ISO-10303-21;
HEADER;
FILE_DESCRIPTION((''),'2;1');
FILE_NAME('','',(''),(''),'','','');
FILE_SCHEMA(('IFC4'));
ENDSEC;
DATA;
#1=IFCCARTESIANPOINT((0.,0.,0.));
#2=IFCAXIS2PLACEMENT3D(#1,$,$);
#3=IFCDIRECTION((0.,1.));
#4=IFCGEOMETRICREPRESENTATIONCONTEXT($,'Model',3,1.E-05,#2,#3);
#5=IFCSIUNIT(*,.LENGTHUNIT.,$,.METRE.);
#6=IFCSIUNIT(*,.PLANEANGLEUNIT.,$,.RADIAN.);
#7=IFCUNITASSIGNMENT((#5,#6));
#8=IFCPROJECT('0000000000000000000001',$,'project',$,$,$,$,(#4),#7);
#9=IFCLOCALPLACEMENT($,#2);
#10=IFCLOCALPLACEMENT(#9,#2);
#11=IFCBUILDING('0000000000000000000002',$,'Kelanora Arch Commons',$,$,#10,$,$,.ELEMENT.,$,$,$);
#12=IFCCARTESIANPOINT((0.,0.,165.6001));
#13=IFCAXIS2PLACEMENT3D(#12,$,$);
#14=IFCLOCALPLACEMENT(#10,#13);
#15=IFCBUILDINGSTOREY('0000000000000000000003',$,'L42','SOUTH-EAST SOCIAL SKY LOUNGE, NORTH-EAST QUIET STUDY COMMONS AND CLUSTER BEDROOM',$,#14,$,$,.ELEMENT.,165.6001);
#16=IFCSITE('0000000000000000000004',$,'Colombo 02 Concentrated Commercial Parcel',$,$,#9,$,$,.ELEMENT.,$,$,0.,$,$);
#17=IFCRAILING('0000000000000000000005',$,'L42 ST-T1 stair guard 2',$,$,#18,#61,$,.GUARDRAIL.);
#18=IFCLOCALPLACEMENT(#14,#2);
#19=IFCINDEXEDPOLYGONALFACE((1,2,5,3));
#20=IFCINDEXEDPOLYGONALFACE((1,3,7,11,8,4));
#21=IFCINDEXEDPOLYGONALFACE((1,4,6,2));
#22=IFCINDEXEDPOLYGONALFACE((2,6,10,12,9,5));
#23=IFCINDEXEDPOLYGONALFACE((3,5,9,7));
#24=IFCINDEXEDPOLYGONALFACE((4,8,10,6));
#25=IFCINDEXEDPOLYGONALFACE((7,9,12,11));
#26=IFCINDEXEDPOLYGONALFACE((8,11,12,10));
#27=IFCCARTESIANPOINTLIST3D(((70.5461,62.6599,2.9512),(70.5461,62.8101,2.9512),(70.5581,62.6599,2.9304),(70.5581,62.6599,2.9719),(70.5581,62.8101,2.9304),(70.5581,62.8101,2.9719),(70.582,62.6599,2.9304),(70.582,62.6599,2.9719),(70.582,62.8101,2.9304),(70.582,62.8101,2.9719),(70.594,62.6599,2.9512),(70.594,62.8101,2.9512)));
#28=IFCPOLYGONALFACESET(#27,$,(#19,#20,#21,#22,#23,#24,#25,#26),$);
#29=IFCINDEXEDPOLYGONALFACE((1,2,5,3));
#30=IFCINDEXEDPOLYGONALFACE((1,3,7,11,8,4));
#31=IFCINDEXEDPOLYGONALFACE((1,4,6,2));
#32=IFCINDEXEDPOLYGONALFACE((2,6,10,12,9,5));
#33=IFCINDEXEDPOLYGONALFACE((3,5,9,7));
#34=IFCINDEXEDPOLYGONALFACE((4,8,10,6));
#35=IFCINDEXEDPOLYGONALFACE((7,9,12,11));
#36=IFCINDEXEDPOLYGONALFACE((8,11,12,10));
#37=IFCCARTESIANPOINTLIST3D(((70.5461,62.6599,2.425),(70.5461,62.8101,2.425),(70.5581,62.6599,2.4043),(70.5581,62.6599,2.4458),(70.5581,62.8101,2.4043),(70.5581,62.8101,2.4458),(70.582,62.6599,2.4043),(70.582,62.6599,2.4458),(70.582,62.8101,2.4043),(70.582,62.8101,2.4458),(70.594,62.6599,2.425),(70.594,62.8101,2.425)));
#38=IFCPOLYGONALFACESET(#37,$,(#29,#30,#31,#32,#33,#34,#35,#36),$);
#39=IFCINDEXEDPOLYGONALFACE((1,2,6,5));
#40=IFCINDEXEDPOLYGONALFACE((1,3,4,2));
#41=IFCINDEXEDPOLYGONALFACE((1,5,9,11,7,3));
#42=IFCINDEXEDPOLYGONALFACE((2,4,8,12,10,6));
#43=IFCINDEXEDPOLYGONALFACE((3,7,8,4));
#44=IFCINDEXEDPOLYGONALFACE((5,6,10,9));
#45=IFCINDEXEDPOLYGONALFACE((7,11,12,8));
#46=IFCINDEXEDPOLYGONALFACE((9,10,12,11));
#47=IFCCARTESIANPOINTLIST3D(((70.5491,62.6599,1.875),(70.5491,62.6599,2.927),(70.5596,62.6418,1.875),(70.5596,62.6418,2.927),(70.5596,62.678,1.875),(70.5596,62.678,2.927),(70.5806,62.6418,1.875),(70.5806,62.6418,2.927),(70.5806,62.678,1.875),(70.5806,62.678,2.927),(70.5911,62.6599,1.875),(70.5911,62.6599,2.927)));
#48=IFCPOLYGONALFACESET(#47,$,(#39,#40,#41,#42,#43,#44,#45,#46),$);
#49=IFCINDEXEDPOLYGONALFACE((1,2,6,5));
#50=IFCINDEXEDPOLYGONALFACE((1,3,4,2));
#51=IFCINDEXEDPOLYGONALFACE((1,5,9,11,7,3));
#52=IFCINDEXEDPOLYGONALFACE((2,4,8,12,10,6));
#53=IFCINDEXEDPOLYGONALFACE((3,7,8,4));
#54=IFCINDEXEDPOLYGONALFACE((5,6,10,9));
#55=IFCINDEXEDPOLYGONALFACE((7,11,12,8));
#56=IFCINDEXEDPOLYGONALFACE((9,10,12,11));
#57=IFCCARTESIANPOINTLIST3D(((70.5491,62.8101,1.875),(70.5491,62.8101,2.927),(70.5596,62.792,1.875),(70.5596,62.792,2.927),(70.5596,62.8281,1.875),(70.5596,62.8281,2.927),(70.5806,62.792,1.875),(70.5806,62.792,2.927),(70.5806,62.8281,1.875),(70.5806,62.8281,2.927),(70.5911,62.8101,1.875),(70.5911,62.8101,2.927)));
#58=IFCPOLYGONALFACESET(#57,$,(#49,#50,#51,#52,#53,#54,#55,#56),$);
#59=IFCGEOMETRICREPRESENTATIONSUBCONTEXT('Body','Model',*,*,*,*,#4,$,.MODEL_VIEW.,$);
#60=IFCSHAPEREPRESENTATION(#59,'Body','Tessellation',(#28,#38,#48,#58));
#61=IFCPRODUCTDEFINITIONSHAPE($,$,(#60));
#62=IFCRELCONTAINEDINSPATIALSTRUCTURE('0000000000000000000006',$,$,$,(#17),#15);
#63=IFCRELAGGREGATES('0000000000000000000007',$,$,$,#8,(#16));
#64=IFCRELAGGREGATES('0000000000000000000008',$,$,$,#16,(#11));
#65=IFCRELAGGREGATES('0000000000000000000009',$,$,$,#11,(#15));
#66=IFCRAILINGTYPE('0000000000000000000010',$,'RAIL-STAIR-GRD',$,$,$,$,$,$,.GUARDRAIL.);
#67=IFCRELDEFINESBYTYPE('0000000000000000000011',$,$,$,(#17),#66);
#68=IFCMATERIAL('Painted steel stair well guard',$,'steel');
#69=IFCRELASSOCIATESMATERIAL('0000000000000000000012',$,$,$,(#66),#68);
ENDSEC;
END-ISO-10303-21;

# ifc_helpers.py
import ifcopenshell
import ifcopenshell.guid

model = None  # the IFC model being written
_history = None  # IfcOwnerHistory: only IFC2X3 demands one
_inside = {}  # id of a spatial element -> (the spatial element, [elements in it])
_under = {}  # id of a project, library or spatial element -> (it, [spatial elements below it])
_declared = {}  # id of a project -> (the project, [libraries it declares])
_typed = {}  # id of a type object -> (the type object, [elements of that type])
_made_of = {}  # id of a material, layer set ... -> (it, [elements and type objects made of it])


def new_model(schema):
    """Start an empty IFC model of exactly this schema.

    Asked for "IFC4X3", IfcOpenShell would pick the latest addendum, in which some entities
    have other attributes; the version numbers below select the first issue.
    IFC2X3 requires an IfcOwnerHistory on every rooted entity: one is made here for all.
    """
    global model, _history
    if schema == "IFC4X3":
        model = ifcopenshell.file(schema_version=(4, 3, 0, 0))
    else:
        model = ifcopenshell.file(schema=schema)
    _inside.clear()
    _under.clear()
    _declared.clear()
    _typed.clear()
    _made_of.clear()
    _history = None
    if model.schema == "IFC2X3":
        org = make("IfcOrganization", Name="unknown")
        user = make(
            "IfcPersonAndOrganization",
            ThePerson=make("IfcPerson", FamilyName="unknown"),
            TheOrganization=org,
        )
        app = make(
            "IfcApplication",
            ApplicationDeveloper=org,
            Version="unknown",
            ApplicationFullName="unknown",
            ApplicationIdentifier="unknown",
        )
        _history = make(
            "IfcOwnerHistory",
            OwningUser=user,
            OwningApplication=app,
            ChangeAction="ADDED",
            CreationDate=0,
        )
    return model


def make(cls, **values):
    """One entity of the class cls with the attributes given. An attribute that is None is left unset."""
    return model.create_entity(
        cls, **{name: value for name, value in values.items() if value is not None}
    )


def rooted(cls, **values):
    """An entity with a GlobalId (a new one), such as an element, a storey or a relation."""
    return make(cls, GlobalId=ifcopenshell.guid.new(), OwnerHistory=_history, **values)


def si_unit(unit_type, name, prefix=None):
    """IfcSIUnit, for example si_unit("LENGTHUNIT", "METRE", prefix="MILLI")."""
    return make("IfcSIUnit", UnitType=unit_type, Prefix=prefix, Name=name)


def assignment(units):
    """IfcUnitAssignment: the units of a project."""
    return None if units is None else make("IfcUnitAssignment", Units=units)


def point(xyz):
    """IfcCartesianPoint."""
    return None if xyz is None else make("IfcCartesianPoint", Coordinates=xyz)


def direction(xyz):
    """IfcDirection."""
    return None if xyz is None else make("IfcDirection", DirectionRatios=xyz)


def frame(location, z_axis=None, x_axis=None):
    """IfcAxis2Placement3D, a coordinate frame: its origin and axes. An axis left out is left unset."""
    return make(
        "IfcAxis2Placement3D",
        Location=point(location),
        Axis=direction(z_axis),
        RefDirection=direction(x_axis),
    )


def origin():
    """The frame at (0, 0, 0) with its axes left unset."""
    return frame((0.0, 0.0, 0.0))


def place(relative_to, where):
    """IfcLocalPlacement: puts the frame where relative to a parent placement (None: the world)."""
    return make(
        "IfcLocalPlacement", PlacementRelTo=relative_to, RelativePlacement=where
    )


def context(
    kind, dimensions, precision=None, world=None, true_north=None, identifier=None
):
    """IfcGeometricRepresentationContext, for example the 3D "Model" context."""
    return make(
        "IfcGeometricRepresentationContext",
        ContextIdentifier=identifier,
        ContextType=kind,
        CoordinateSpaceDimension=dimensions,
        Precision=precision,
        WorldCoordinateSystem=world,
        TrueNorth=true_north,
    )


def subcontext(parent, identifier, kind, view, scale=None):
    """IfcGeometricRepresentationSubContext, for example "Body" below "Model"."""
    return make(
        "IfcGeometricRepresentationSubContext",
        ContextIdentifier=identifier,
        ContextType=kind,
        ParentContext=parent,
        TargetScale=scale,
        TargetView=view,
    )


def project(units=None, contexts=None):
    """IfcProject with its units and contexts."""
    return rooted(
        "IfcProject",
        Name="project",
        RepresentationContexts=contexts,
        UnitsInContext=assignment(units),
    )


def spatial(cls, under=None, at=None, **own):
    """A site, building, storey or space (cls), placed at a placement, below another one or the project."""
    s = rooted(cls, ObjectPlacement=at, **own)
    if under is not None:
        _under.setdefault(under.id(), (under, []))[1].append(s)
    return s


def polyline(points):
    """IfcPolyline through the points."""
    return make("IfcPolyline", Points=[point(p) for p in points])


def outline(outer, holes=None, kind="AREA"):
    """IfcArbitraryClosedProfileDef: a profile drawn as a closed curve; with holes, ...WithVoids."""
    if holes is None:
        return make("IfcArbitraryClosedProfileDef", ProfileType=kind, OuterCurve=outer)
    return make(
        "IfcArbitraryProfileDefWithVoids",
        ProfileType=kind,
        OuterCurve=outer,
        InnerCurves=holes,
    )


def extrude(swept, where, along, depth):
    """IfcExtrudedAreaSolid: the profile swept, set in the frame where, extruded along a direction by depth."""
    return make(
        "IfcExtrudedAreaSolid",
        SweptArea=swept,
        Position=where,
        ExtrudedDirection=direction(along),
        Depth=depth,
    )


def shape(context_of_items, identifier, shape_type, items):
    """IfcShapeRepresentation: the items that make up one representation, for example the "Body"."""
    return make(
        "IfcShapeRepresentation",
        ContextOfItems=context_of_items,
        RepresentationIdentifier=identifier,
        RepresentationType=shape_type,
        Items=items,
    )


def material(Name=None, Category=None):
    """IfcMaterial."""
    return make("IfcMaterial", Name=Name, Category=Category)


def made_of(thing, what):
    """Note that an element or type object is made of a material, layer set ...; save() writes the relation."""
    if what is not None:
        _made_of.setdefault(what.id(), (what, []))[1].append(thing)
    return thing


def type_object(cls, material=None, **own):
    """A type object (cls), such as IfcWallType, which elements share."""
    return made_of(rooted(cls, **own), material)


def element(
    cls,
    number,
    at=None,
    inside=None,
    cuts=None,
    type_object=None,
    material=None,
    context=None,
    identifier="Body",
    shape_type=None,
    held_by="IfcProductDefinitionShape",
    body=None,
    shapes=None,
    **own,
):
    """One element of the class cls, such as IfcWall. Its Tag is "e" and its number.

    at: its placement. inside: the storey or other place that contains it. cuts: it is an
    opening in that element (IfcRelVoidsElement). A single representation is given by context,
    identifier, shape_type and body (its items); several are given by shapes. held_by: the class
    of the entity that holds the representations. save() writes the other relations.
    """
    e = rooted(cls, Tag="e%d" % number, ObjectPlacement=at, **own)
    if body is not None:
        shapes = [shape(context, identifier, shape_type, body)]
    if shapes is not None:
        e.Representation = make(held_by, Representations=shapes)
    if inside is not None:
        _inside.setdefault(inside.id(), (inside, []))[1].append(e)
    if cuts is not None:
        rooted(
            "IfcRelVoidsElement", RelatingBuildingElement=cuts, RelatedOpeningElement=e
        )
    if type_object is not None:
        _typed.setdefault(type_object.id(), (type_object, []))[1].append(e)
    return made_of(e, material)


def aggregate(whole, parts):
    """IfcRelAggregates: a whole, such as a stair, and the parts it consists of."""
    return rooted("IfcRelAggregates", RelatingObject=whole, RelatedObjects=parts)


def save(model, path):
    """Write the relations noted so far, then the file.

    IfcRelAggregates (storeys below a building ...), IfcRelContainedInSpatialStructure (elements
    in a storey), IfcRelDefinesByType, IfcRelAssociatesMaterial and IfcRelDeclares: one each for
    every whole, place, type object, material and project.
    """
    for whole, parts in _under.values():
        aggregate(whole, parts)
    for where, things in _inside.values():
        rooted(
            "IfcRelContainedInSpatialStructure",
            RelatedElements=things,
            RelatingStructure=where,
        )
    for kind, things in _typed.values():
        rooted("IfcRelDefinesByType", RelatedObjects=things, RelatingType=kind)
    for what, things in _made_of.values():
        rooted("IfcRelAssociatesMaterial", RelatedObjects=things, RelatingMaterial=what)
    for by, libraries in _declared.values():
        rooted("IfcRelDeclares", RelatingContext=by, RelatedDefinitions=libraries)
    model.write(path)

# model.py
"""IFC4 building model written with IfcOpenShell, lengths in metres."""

from ifc_helpers import new_model, si_unit, direction, frame, origin, place, context, subcontext, project, spatial, polyline, outline, extrude, material, type_object, element, save


model = new_model("IFC4")

# Units and contexts
model_context = context("Model", 3, precision=1e-05, world=origin(), true_north=direction((0.0, 1.0)))
body_context = subcontext(model_context, "Body", "Model", "MODEL_VIEW")
ifc_project = project(units=[si_unit("LENGTHUNIT", "METRE"), si_unit("PLANEANGLEUNIT", "RADIAN")], contexts=[model_context])

# Site, building, storey
site_placement = place(None, origin())
site = spatial("IfcSite", under=ifc_project, at=site_placement, Name="Colombo 02 Concentrated Commercial Parcel", CompositionType="ELEMENT", RefElevation=0.0)
building_placement = place(site_placement, origin())
building = spatial("IfcBuilding", under=site, at=building_placement, Name="Kelanora Arch Commons", CompositionType="ELEMENT")
storey_placement = place(building_placement, frame((0.0, 0.0, 165.6001)))
storey = spatial("IfcBuildingStorey", under=building, at=storey_placement, Name="L42", Description="SOUTH-EAST SOCIAL SKY LOUNGE, NORTH-EAST QUIET STUDY COMMONS AND CLUSTER BEDROOM", CompositionType="ELEMENT", Elevation=165.6001)

# Railing
ifc_material_1 = material(Name="Painted steel stair well guard", Category="steel")
railing_type = type_object("IfcRailingType", Name="RAIL-STAIR-GRD", PredefinedType="GUARDRAIL", material=ifc_material_1)
railing_placement = place(storey_placement, frame((70.5701, 62.6599, 1.875)))
element("IfcRailing", 1, at=railing_placement, inside=storey, type_object=railing_type, Name="L42 ST-T1 stair guard 2", PredefinedType="GUARDRAIL", context=body_context, shape_type="SweptSolid", body=[
    extrude(outline(polyline([(0.0239, 0.0), (0.012, 0.0208), (-0.012, 0.0208), (-0.0239, 0.0), (-0.012, -0.0208), (0.012, -0.0208), (0.0239, 0.0)])), frame((0.0, 0.0, 1.0762), z_axis=(0.0, 1.0, 0.0), x_axis=(-1.0, 0.0, 0.0)), (0.0, 0.0, 1.0), 0.1501),
    extrude(outline(polyline([(0.0239, 0.0), (0.012, 0.0208), (-0.012, 0.0208), (-0.0239, 0.0), (-0.012, -0.0208), (0.012, -0.0208), (0.0239, 0.0)])), frame((0.0, 0.0, 0.55), z_axis=(0.0, 1.0, 0.0), x_axis=(-1.0, 0.0, 0.0)), (0.0, 0.0, 1.0), 0.1501),
    extrude(outline(polyline([(0.021, 0.0), (0.0105, 0.0181), (-0.0105, 0.0181), (-0.021, 0.0), (-0.0105, -0.0181), (0.0105, -0.0181), (0.021, 0.0)])), origin(), (0.0, 0.0, 1.0), 1.052),
    extrude(outline(polyline([(0.021, 0.0), (0.0105, 0.0181), (-0.0105, 0.0181), (-0.021, 0.0), (-0.0105, -0.0181), (0.0105, -0.0181), (0.021, 0.0)])), frame((0.0, 0.1501, 0.0)), (0.0, 0.0, 1.0), 1.052),
])

save(model, "model.ifc")
